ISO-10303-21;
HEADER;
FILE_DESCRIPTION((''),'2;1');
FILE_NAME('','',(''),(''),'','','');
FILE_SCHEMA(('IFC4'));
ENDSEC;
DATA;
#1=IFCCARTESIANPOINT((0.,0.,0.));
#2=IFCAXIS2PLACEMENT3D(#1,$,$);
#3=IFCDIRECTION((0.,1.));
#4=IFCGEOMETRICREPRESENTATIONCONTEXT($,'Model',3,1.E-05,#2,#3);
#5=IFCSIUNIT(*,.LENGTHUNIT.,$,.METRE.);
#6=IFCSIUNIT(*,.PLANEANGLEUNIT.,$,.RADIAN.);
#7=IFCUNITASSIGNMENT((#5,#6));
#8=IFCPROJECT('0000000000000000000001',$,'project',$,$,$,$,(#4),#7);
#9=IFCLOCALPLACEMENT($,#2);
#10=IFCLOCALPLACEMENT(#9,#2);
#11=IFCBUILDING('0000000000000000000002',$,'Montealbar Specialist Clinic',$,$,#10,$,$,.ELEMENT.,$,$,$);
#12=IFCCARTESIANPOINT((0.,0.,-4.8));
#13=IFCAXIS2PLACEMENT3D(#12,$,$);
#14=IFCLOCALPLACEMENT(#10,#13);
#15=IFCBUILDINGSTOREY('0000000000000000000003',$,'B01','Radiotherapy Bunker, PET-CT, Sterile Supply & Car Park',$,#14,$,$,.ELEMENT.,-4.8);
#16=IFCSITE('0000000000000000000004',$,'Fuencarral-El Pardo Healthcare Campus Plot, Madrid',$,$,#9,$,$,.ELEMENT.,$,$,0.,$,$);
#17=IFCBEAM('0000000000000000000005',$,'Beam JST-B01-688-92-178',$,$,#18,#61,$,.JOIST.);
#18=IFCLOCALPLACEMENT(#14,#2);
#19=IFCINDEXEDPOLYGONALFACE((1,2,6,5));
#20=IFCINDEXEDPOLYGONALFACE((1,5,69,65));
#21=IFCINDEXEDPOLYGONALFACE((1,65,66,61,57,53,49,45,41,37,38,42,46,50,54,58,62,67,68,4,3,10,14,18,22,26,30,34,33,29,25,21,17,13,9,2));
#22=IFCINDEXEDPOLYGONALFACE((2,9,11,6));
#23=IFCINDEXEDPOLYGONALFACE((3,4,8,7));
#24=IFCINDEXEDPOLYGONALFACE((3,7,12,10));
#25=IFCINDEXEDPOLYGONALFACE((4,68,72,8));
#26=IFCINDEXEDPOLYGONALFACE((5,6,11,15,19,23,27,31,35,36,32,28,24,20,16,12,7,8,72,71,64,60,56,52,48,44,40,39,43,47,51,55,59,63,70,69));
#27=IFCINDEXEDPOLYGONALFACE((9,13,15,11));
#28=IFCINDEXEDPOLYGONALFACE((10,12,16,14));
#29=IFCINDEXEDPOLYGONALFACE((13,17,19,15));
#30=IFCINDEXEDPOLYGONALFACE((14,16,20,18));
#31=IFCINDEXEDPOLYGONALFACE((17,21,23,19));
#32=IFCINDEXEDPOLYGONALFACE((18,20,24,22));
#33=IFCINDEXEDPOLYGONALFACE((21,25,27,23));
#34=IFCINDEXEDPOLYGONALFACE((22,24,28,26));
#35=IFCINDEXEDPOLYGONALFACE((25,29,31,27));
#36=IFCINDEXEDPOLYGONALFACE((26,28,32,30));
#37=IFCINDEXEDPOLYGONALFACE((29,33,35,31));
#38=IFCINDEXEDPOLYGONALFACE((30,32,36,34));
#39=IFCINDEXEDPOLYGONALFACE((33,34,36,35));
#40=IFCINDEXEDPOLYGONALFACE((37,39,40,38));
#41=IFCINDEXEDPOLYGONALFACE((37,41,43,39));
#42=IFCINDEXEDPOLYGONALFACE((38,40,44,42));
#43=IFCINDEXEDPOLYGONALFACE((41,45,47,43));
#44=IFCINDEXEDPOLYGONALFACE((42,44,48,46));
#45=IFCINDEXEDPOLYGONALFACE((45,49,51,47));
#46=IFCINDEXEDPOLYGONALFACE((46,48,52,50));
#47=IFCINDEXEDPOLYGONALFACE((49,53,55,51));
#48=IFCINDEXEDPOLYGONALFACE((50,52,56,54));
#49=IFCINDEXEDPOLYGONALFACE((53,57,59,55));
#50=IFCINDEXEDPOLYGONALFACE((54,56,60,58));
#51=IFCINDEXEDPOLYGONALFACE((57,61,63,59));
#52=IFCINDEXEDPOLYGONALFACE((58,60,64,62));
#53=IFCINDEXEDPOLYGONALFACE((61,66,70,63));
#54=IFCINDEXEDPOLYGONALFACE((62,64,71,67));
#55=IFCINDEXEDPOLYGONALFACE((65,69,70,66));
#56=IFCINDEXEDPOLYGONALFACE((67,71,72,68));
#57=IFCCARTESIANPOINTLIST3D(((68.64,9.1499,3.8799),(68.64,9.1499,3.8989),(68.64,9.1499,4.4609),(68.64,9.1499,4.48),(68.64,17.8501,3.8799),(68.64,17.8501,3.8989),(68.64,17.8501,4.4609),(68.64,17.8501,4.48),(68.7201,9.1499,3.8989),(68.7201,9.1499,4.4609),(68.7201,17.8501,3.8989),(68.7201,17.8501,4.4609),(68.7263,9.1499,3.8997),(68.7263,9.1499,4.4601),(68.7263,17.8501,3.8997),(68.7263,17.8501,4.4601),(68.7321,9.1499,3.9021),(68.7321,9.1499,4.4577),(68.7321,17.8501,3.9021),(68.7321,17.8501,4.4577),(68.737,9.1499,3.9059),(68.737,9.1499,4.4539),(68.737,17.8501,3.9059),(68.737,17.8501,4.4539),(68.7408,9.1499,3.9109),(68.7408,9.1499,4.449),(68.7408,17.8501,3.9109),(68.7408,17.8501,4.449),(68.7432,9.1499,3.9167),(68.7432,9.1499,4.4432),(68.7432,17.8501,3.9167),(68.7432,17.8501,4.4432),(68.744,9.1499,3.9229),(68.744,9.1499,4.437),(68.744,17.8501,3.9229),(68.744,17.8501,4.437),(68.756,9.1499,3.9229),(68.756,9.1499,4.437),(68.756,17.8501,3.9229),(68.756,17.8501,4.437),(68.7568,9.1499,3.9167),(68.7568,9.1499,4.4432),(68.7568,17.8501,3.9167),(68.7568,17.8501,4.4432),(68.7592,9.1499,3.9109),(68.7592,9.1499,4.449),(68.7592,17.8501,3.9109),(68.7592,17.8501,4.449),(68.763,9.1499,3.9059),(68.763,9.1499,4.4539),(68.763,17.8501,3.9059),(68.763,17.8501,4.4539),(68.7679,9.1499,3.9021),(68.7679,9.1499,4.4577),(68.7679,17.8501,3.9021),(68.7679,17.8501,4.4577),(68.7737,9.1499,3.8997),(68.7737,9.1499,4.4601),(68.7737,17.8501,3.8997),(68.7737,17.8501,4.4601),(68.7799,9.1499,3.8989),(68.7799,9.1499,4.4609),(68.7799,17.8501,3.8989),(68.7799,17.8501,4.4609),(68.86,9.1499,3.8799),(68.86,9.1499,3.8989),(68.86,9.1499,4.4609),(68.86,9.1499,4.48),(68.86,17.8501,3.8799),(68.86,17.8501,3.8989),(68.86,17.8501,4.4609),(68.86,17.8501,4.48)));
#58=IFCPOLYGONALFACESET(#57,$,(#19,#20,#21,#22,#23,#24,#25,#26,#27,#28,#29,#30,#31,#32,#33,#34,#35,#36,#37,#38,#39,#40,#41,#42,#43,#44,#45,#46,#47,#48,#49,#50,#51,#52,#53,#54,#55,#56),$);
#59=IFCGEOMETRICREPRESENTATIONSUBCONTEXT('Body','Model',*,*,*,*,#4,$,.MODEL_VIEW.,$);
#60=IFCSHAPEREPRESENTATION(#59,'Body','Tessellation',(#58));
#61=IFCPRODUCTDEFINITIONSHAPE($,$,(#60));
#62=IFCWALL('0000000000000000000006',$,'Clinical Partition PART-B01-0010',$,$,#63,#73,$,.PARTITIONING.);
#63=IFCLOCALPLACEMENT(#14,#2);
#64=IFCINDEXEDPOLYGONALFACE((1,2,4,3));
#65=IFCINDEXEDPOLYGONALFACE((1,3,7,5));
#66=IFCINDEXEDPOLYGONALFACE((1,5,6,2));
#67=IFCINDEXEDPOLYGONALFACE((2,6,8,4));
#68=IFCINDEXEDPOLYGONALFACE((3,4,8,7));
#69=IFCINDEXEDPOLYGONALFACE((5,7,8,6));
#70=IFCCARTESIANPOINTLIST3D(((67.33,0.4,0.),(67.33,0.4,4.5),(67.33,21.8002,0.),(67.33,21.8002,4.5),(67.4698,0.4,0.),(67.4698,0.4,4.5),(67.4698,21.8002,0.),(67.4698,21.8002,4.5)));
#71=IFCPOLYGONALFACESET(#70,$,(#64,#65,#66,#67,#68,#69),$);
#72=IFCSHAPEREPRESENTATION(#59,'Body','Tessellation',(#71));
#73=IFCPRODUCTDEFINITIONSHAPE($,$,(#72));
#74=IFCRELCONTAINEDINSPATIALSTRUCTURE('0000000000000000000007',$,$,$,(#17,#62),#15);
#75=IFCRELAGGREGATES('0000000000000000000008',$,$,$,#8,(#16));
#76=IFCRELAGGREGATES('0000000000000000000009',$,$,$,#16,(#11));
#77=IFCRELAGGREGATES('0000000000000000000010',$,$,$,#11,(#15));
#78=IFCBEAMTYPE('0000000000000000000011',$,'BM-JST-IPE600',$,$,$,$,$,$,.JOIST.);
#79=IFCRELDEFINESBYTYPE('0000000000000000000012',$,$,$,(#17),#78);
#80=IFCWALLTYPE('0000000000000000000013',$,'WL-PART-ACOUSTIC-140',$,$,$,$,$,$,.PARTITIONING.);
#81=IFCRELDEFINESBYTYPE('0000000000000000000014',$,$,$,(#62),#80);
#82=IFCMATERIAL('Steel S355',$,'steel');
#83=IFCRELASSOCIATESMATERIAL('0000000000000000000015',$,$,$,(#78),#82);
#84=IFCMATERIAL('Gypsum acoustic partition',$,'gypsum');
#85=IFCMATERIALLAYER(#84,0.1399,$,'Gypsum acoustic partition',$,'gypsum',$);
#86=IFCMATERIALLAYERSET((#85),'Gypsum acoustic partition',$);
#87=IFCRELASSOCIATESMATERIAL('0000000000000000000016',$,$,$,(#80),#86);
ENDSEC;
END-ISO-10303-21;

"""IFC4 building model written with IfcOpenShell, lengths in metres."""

from ifc_helpers import new_model, si_unit, direction, frame, frame_2d, origin, origin_2d, place, context, subcontext, project, spatial, rectangle, i_section, extrude, material, layer, layer_set, material_profile, profile_set, type_object, element, save


model = new_model("IFC4")

# Units and contexts
model_context = context("Model", 3, precision=1e-05, world=origin(), true_north=direction((0.0, 1.0)))
body_context = subcontext(model_context, "Body", "Model", "MODEL_VIEW")
ifc_project = project(units=[si_unit("LENGTHUNIT", "METRE"), si_unit("PLANEANGLEUNIT", "RADIAN")], contexts=[model_context])

# Site, building, storey
site_placement = place(None, origin())
site = spatial("IfcSite", under=ifc_project, at=site_placement, Name="Fuencarral-El Pardo Healthcare Campus Plot, Madrid", CompositionType="ELEMENT", RefElevation=0.0)
building_placement = place(site_placement, origin())
building = spatial("IfcBuilding", under=site, at=building_placement, Name="Montealbar Specialist Clinic", CompositionType="ELEMENT")
storey_placement = place(building_placement, frame((0.0, 0.0, -4.8)))
storey = spatial("IfcBuildingStorey", under=building, at=storey_placement, Name="B01", Description="Radiotherapy Bunker, PET-CT, Sterile Supply & Car Park", CompositionType="ELEMENT", Elevation=-4.8)

# Shared definitions
ifc_material_1 = material(Name="Steel S355", Category="steel")

# Beam
ifc_material_profile_1 = material_profile(ifc_material_1, i_section(OverallWidth=0.22, OverallDepth=0.6001, WebThickness=0.012, FlangeThickness=0.019, FilletRadius=0.0239, at=origin_2d()), Name="IPE 600", Category="steel")
ifc_profile_set_1 = profile_set([ifc_material_profile_1], Name="Steel S355")
beam_type_1 = type_object("IfcBeamType", Name="BM-JST-IPE600", PredefinedType="JOIST", material=ifc_profile_set_1)
beam_1_placement = place(storey_placement, frame((68.75, 9.1499, 4.1799), z_axis=(0.0, 1.0, 0.0), x_axis=(-1.0, 0.0, 0.0)))
element("IfcBeam", 1, at=beam_1_placement, inside=storey, type_object=beam_type_1, Name="Beam JST-B01-688-92-178", PredefinedType="JOIST", context=body_context, shape_type="SweptSolid", body=[
    extrude(i_section(OverallWidth=0.22, OverallDepth=0.6001, WebThickness=0.012, FlangeThickness=0.019, FilletRadius=0.0239, at=origin_2d()), origin(), (0.0, 0.0, 1.0), 8.7002),
])

# Wall
ifc_material_2 = material(Name="Gypsum acoustic partition", Category="gypsum")
ifc_layer = layer(ifc_material_2, 0.1399, Name="Gypsum acoustic partition", Category="gypsum")
ifc_layer_set = layer_set([ifc_layer], Name="Gypsum acoustic partition")
wall_type = type_object("IfcWallType", Name="WL-PART-ACOUSTIC-140", PredefinedType="PARTITIONING", material=ifc_layer_set)
wall_placement = place(storey_placement, frame((67.3999, 0.3999, 0.0), z_axis=(0.0, 0.0, 1.0), x_axis=(0.0, 1.0, 0.0)))
element("IfcWall", 2, at=wall_placement, inside=storey, type_object=wall_type, Name="Clinical Partition PART-B01-0010", PredefinedType="PARTITIONING", context=body_context, shape_type="SweptSolid", body=[
    extrude(rectangle(XDim=21.4001, YDim=0.1399, at=frame_2d((10.7002, 0.0))), origin(), (0.0, 0.0, 1.0), 4.5),
])

save(model, "model.ifc")
